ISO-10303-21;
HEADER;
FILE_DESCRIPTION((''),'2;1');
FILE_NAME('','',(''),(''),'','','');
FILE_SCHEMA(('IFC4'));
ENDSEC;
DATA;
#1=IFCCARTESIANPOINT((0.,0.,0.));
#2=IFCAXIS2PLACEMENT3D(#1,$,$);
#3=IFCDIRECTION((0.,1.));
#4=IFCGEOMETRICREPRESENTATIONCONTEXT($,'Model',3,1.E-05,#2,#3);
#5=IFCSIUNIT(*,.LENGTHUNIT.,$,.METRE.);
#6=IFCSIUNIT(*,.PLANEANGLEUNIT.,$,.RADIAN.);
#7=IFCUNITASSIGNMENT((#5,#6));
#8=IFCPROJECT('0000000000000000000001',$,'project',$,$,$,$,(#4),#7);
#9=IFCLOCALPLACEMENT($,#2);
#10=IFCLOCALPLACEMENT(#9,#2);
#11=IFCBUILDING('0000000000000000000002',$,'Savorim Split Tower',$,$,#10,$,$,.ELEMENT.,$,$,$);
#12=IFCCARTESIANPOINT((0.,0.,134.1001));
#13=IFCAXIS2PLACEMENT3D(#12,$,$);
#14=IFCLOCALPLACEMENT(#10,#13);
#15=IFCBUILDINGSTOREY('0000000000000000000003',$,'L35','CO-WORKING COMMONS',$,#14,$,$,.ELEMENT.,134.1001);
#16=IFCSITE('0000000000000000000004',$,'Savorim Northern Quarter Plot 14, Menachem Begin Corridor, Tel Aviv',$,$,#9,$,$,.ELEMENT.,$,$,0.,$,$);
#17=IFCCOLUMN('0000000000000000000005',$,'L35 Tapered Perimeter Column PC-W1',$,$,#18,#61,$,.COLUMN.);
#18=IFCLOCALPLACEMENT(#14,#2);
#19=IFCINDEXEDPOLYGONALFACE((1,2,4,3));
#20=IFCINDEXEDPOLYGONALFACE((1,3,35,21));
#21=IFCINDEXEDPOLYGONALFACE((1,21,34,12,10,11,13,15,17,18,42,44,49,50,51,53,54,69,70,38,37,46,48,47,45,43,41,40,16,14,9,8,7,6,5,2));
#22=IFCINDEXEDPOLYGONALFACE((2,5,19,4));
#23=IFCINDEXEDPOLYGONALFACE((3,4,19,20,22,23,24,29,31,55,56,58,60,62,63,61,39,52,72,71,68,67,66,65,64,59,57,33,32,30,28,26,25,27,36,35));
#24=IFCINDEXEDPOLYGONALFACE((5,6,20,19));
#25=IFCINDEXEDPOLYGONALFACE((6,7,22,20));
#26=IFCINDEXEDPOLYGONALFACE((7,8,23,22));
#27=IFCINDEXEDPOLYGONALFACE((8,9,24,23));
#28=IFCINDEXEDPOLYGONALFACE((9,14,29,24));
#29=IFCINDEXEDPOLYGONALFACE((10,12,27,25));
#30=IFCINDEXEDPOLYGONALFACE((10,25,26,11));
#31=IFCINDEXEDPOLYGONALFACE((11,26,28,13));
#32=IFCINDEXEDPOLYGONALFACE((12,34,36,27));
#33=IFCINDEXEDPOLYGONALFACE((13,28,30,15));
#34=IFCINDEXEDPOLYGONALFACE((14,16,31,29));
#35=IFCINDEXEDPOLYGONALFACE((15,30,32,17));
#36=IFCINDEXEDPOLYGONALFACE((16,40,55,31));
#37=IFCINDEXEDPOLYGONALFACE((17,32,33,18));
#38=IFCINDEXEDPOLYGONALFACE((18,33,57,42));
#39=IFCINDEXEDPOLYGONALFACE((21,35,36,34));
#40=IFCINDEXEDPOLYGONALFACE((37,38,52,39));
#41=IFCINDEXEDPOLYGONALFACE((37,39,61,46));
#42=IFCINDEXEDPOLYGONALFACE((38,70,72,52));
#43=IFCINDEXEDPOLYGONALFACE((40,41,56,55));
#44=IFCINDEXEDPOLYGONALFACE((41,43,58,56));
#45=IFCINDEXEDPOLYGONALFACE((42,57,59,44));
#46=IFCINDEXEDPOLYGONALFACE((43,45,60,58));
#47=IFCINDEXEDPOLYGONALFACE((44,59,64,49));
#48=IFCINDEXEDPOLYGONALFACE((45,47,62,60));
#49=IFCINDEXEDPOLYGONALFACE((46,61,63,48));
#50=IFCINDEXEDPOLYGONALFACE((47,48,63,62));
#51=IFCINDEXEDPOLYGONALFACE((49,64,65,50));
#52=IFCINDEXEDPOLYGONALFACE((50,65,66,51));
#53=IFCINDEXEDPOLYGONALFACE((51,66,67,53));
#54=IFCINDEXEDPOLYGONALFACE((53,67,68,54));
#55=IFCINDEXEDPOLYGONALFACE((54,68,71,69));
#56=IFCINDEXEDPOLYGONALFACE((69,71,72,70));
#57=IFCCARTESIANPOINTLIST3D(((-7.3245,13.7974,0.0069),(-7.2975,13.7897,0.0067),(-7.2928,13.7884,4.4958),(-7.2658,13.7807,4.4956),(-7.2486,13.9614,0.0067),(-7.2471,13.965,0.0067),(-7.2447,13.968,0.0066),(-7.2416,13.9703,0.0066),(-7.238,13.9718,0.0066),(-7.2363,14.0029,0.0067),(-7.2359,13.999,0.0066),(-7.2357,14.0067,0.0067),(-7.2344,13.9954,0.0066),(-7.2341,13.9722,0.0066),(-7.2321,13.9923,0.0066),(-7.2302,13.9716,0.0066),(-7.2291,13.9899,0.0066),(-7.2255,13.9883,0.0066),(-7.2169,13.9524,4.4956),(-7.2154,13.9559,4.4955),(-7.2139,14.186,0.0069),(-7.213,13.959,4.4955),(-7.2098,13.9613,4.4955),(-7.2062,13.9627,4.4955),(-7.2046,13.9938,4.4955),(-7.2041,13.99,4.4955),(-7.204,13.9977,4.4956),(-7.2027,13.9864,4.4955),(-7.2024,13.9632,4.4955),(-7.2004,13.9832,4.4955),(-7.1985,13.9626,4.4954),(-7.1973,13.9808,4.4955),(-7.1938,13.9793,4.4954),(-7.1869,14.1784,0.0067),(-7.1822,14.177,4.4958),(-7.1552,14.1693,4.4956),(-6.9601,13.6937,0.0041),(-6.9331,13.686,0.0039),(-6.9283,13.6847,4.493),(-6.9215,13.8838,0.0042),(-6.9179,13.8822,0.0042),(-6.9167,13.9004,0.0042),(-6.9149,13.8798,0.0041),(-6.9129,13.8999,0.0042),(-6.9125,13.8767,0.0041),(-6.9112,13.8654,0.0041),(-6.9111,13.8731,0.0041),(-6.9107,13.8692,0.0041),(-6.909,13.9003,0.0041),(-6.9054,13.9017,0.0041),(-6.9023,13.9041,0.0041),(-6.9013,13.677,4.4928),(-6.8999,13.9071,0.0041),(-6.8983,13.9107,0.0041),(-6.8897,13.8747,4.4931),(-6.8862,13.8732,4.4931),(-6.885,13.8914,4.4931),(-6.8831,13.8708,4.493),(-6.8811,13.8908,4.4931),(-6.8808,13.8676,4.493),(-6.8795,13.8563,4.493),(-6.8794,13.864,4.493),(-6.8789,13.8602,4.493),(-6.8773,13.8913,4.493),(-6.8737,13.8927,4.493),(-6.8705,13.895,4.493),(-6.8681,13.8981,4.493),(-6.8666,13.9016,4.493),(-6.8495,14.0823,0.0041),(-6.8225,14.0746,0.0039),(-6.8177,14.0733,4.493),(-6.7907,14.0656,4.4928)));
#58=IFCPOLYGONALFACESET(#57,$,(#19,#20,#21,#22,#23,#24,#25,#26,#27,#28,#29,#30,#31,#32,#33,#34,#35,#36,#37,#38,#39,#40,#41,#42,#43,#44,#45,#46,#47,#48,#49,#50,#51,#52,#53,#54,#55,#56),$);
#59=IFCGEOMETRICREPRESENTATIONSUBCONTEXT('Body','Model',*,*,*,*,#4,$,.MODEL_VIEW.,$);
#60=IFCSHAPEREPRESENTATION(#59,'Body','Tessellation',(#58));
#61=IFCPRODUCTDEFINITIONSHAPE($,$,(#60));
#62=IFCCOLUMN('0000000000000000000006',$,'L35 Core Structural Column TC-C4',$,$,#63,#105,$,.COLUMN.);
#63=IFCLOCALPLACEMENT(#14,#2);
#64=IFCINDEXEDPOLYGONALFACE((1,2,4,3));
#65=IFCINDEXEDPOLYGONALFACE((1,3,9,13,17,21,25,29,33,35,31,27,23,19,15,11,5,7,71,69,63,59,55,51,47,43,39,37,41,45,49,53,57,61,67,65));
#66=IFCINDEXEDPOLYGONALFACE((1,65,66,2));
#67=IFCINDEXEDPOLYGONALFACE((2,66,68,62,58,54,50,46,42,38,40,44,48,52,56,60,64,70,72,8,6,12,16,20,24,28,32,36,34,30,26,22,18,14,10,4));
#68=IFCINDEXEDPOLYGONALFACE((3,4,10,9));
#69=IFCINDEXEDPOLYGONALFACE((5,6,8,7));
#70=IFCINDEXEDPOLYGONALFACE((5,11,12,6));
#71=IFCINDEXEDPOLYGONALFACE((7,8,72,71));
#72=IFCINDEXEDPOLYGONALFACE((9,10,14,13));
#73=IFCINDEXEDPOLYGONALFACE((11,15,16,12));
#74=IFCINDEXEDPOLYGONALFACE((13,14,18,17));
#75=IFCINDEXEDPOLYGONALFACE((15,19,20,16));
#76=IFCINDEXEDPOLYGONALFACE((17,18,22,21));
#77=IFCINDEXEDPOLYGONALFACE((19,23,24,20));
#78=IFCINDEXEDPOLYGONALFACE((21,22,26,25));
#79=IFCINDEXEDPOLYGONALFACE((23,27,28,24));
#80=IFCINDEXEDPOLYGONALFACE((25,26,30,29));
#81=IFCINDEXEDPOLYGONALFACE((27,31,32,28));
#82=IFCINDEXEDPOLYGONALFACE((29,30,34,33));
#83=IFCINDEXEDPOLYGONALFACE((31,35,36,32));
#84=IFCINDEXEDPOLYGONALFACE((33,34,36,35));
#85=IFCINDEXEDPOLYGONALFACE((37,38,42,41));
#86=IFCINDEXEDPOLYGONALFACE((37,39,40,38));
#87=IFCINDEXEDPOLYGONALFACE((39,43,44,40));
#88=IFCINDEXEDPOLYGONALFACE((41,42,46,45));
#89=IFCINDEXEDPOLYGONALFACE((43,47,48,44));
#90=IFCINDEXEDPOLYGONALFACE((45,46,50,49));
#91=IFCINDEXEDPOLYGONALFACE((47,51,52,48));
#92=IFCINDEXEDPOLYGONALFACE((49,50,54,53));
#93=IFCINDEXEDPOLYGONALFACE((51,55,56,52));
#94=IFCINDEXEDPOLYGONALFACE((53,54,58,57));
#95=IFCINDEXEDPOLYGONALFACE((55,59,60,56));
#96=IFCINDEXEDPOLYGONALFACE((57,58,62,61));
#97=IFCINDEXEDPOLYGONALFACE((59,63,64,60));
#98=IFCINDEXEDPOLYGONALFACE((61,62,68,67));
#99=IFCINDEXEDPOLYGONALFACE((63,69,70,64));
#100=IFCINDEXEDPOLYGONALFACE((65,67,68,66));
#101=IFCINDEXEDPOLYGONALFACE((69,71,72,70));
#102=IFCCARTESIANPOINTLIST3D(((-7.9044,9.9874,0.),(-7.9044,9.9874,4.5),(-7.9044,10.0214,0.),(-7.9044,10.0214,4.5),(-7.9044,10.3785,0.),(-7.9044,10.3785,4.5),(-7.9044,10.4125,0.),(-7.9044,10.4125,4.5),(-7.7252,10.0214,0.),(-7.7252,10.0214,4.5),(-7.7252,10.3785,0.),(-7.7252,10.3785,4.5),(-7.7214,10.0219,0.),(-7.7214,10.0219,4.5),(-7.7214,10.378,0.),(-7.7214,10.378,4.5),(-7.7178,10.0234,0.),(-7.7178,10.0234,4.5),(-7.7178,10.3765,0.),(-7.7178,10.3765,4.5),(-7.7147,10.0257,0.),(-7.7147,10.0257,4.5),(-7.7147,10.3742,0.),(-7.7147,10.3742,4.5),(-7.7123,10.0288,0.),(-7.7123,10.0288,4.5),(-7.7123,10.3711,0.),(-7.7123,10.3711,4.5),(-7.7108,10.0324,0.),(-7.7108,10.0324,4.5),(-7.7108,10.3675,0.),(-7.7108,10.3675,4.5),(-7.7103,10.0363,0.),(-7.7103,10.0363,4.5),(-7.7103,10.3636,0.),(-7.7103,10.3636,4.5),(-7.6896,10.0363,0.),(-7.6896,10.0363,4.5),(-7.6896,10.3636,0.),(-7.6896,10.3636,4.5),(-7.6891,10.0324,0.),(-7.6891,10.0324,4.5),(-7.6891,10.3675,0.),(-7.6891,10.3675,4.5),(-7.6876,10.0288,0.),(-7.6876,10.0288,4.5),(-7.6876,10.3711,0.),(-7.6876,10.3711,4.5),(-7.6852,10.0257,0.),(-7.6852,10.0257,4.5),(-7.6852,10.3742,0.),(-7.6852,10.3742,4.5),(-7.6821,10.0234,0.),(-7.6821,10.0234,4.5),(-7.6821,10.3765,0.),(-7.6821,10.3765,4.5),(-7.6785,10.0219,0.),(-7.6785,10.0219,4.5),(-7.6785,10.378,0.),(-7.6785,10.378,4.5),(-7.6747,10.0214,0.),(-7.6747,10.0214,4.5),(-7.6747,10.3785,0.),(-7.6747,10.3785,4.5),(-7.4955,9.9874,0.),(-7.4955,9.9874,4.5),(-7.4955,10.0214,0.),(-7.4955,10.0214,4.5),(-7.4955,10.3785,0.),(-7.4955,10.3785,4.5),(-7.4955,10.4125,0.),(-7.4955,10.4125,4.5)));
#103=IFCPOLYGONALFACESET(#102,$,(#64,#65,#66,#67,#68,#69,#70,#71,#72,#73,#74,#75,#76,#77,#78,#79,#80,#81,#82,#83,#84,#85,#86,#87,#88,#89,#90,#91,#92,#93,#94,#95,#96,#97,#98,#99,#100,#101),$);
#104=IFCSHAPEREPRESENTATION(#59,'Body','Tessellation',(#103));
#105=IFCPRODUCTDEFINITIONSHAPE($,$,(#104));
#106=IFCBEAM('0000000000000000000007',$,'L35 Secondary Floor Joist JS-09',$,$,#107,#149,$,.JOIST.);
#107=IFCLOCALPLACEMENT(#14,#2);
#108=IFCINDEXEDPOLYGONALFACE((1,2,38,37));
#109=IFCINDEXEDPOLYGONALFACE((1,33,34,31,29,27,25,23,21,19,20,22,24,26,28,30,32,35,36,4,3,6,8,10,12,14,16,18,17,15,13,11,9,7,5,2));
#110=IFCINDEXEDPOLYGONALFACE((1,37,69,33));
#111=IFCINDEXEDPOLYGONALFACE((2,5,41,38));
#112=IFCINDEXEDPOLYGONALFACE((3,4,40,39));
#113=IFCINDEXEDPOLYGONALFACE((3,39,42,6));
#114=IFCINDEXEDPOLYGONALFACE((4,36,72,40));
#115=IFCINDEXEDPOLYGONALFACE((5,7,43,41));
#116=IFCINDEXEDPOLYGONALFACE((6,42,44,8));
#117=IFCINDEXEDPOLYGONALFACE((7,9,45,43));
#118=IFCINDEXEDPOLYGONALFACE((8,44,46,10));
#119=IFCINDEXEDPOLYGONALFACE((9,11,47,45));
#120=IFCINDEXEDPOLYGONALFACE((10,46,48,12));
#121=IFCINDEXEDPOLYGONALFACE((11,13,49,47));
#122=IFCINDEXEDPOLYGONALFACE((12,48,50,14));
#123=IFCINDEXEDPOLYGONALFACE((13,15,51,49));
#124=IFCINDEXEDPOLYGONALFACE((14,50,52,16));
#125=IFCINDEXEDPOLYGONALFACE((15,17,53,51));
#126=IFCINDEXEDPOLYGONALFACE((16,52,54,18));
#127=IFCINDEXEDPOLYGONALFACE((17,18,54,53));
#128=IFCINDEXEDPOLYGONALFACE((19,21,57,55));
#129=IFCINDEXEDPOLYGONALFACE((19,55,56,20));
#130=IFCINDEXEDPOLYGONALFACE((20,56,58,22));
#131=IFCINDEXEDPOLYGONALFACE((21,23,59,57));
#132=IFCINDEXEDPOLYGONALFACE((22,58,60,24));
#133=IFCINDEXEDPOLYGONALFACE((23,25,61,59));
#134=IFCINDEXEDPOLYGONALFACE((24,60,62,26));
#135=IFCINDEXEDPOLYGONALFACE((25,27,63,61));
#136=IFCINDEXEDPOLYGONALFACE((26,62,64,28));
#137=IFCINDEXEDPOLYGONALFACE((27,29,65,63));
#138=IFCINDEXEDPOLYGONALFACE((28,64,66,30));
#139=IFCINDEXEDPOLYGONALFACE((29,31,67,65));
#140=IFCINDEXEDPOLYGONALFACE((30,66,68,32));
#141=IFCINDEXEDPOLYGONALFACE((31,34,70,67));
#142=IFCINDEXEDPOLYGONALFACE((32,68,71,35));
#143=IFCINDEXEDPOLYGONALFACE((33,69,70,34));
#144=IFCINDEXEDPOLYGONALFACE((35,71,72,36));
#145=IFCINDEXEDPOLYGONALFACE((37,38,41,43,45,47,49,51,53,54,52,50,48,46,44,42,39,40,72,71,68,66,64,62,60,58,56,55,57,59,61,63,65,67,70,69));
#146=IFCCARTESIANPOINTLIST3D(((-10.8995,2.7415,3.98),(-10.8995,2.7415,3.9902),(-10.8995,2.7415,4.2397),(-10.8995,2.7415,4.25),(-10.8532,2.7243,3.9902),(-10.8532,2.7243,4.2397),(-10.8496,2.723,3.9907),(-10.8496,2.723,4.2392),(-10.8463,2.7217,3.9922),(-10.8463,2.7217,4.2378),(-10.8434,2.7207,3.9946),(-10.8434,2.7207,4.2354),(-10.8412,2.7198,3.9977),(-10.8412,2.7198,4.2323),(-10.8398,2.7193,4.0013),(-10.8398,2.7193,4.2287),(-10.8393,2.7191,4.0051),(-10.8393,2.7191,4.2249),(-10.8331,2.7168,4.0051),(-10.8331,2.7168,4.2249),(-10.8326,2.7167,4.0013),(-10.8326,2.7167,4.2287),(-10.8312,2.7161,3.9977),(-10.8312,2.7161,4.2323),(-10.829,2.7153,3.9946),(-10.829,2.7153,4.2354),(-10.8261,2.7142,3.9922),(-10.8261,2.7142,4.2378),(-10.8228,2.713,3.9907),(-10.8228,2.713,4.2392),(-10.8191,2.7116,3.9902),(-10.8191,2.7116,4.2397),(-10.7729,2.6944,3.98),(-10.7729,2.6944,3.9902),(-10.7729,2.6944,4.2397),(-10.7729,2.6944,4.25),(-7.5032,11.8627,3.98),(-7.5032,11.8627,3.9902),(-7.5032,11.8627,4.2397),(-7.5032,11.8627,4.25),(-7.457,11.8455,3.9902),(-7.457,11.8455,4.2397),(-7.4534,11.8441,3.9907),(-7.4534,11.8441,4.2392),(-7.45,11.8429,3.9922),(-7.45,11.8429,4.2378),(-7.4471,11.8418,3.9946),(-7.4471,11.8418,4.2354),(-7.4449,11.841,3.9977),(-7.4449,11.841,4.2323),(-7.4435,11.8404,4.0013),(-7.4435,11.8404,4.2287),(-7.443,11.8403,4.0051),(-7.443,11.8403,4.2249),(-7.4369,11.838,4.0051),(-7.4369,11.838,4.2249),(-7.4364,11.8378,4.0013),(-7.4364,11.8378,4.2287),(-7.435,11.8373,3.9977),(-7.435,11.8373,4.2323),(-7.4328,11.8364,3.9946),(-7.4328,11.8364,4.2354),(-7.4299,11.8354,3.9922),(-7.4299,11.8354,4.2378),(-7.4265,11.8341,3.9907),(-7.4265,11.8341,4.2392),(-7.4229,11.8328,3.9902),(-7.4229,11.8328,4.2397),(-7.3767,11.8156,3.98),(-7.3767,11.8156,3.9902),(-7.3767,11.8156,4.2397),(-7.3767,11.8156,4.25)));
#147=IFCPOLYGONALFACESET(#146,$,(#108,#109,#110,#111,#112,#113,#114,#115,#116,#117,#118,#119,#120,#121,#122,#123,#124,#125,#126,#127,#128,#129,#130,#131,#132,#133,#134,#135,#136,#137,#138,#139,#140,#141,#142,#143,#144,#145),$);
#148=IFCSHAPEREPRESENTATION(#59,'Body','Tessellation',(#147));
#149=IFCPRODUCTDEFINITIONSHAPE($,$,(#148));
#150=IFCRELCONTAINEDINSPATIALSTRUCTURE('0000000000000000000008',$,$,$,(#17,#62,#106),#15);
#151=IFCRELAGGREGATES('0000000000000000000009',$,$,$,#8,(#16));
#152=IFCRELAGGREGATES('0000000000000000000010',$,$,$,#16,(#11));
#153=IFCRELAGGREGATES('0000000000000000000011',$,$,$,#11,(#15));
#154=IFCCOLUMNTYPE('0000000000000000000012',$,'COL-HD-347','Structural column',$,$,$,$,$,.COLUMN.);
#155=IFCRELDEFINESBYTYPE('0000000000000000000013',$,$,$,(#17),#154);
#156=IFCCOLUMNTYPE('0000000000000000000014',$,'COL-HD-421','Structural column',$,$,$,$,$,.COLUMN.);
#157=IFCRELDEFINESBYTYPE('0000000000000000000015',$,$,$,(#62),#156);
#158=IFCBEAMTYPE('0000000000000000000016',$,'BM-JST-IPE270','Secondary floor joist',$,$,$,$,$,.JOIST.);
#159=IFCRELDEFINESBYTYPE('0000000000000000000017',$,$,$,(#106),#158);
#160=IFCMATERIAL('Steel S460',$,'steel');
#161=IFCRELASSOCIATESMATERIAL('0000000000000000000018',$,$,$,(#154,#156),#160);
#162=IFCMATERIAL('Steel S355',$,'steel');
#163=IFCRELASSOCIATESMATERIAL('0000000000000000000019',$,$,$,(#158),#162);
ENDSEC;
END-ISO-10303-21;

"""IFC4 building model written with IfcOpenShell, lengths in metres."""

from ifc_helpers import new_model, si_unit, direction, frame, origin, origin_2d, place, context, subcontext, project, spatial, i_section, extrude, material, material_profile, profile_set, type_object, element, save


model = new_model("IFC4")

# Units and contexts
model_context = context("Model", 3, precision=1e-05, world=origin(), true_north=direction((0.0, 1.0)))
body_context = subcontext(model_context, "Body", "Model", "MODEL_VIEW")
ifc_project = project(units=[si_unit("LENGTHUNIT", "METRE"), si_unit("PLANEANGLEUNIT", "RADIAN")], contexts=[model_context])

# Site, building, storey
site_placement = place(None, origin())
site = spatial("IfcSite", under=ifc_project, at=site_placement, Name="Savorim Northern Quarter Plot 14, Menachem Begin Corridor, Tel Aviv", CompositionType="ELEMENT", RefElevation=0.0)
building_placement = place(site_placement, origin())
building = spatial("IfcBuilding", under=site, at=building_placement, Name="Savorim Split Tower", CompositionType="ELEMENT")
storey_placement = place(building_placement, frame((0.0, 0.0, 134.1001)))
storey = spatial("IfcBuildingStorey", under=building, at=storey_placement, Name="L35", Description="CO-WORKING COMMONS", CompositionType="ELEMENT", Elevation=134.1001)

# Columns
ifc_material_1 = material(Name="Steel S460", Category="steel")
ifc_material_profile_1 = material_profile(ifc_material_1, i_section(OverallWidth=0.4041, OverallDepth=0.407, WebThickness=0.0173, FlangeThickness=0.0281, FilletRadius=0.0149, at=origin_2d()), Name="HD 400x347")
ifc_profile_set_1 = profile_set([ifc_material_profile_1], Name="Steel S460")
column_type_1 = type_object("IfcColumnType", Name="COL-HD-347", Description="Structural column", PredefinedType="COLUMN", material=ifc_profile_set_1)
column_1_placement = place(storey_placement, frame((-7.0735, 13.936, 0.0054), z_axis=(0.00707, -0.002012, 0.999973), x_axis=(0.273744, 0.961803, 0.0)))
element("IfcColumn", 1, at=column_1_placement, inside=storey, type_object=column_type_1, Name="L35 Tapered Perimeter Column PC-W1", PredefinedType="COLUMN", context=body_context, shape_type="SweptSolid", body=[
    extrude(i_section(OverallWidth=0.4041, OverallDepth=0.407, WebThickness=0.0173, FlangeThickness=0.0281, FilletRadius=0.0149, at=origin_2d()), origin(), (0.0, 0.0, 1.0), 4.489),
])
ifc_material_profile_2 = material_profile(ifc_material_1, i_section(OverallWidth=0.4089, OverallDepth=0.425, WebThickness=0.0208, FlangeThickness=0.0339, FilletRadius=0.0149, at=origin_2d()), Name="HD 400x421")
ifc_profile_set_2 = profile_set([ifc_material_profile_2], Name="Steel S460")
column_type_2 = type_object("IfcColumnType", Name="COL-HD-421", Description="Structural column", PredefinedType="COLUMN", material=ifc_profile_set_2)
column_2_placement = place(storey_placement, frame((-7.7, 10.2, 0.0), z_axis=(0.0, 0.0, 1.0), x_axis=(1.0, 0.0, 0.0)))
element("IfcColumn", 2, at=column_2_placement, inside=storey, type_object=column_type_2, Name="L35 Core Structural Column TC-C4", PredefinedType="COLUMN", context=body_context, shape_type="SweptSolid", body=[
    extrude(i_section(OverallWidth=0.4089, OverallDepth=0.425, WebThickness=0.0208, FlangeThickness=0.0339, FilletRadius=0.0149, at=origin_2d()), origin(), (0.0, 0.0, 1.0), 4.5),
])

# Beam
ifc_material_2 = material(Name="Steel S355", Category="steel")
ifc_material_profile_3 = material_profile(ifc_material_2, i_section(OverallWidth=0.135, OverallDepth=0.27, WebThickness=0.0066, FlangeThickness=0.0103, FilletRadius=0.0149, at=origin_2d()), Name="IPE 270")
ifc_profile_set_3 = profile_set([ifc_material_profile_3], Name="Steel S355")
beam_type_1 = type_object("IfcBeamType", Name="BM-JST-IPE270", Description="Secondary floor joist", PredefinedType="JOIST", material=ifc_profile_set_3)
beam_1_placement = place(storey_placement, frame((-7.4399, 11.8391, 4.115), z_axis=(-0.348945, -0.937143, 0.0), x_axis=(0.937143, -0.348945, 0.0)))
element("IfcBeam", 3, at=beam_1_placement, inside=storey, type_object=beam_type_1, Name="L35 Secondary Floor Joist JS-09", PredefinedType="JOIST", context=body_context, shape_type="SweptSolid", body=[
    extrude(i_section(OverallWidth=0.135, OverallDepth=0.27, WebThickness=0.0066, FlangeThickness=0.0103, FilletRadius=0.0149, at=origin_2d()), origin(), (0.0, 0.0, 1.0), 9.7329),
])

save(model, "model.ifc")
